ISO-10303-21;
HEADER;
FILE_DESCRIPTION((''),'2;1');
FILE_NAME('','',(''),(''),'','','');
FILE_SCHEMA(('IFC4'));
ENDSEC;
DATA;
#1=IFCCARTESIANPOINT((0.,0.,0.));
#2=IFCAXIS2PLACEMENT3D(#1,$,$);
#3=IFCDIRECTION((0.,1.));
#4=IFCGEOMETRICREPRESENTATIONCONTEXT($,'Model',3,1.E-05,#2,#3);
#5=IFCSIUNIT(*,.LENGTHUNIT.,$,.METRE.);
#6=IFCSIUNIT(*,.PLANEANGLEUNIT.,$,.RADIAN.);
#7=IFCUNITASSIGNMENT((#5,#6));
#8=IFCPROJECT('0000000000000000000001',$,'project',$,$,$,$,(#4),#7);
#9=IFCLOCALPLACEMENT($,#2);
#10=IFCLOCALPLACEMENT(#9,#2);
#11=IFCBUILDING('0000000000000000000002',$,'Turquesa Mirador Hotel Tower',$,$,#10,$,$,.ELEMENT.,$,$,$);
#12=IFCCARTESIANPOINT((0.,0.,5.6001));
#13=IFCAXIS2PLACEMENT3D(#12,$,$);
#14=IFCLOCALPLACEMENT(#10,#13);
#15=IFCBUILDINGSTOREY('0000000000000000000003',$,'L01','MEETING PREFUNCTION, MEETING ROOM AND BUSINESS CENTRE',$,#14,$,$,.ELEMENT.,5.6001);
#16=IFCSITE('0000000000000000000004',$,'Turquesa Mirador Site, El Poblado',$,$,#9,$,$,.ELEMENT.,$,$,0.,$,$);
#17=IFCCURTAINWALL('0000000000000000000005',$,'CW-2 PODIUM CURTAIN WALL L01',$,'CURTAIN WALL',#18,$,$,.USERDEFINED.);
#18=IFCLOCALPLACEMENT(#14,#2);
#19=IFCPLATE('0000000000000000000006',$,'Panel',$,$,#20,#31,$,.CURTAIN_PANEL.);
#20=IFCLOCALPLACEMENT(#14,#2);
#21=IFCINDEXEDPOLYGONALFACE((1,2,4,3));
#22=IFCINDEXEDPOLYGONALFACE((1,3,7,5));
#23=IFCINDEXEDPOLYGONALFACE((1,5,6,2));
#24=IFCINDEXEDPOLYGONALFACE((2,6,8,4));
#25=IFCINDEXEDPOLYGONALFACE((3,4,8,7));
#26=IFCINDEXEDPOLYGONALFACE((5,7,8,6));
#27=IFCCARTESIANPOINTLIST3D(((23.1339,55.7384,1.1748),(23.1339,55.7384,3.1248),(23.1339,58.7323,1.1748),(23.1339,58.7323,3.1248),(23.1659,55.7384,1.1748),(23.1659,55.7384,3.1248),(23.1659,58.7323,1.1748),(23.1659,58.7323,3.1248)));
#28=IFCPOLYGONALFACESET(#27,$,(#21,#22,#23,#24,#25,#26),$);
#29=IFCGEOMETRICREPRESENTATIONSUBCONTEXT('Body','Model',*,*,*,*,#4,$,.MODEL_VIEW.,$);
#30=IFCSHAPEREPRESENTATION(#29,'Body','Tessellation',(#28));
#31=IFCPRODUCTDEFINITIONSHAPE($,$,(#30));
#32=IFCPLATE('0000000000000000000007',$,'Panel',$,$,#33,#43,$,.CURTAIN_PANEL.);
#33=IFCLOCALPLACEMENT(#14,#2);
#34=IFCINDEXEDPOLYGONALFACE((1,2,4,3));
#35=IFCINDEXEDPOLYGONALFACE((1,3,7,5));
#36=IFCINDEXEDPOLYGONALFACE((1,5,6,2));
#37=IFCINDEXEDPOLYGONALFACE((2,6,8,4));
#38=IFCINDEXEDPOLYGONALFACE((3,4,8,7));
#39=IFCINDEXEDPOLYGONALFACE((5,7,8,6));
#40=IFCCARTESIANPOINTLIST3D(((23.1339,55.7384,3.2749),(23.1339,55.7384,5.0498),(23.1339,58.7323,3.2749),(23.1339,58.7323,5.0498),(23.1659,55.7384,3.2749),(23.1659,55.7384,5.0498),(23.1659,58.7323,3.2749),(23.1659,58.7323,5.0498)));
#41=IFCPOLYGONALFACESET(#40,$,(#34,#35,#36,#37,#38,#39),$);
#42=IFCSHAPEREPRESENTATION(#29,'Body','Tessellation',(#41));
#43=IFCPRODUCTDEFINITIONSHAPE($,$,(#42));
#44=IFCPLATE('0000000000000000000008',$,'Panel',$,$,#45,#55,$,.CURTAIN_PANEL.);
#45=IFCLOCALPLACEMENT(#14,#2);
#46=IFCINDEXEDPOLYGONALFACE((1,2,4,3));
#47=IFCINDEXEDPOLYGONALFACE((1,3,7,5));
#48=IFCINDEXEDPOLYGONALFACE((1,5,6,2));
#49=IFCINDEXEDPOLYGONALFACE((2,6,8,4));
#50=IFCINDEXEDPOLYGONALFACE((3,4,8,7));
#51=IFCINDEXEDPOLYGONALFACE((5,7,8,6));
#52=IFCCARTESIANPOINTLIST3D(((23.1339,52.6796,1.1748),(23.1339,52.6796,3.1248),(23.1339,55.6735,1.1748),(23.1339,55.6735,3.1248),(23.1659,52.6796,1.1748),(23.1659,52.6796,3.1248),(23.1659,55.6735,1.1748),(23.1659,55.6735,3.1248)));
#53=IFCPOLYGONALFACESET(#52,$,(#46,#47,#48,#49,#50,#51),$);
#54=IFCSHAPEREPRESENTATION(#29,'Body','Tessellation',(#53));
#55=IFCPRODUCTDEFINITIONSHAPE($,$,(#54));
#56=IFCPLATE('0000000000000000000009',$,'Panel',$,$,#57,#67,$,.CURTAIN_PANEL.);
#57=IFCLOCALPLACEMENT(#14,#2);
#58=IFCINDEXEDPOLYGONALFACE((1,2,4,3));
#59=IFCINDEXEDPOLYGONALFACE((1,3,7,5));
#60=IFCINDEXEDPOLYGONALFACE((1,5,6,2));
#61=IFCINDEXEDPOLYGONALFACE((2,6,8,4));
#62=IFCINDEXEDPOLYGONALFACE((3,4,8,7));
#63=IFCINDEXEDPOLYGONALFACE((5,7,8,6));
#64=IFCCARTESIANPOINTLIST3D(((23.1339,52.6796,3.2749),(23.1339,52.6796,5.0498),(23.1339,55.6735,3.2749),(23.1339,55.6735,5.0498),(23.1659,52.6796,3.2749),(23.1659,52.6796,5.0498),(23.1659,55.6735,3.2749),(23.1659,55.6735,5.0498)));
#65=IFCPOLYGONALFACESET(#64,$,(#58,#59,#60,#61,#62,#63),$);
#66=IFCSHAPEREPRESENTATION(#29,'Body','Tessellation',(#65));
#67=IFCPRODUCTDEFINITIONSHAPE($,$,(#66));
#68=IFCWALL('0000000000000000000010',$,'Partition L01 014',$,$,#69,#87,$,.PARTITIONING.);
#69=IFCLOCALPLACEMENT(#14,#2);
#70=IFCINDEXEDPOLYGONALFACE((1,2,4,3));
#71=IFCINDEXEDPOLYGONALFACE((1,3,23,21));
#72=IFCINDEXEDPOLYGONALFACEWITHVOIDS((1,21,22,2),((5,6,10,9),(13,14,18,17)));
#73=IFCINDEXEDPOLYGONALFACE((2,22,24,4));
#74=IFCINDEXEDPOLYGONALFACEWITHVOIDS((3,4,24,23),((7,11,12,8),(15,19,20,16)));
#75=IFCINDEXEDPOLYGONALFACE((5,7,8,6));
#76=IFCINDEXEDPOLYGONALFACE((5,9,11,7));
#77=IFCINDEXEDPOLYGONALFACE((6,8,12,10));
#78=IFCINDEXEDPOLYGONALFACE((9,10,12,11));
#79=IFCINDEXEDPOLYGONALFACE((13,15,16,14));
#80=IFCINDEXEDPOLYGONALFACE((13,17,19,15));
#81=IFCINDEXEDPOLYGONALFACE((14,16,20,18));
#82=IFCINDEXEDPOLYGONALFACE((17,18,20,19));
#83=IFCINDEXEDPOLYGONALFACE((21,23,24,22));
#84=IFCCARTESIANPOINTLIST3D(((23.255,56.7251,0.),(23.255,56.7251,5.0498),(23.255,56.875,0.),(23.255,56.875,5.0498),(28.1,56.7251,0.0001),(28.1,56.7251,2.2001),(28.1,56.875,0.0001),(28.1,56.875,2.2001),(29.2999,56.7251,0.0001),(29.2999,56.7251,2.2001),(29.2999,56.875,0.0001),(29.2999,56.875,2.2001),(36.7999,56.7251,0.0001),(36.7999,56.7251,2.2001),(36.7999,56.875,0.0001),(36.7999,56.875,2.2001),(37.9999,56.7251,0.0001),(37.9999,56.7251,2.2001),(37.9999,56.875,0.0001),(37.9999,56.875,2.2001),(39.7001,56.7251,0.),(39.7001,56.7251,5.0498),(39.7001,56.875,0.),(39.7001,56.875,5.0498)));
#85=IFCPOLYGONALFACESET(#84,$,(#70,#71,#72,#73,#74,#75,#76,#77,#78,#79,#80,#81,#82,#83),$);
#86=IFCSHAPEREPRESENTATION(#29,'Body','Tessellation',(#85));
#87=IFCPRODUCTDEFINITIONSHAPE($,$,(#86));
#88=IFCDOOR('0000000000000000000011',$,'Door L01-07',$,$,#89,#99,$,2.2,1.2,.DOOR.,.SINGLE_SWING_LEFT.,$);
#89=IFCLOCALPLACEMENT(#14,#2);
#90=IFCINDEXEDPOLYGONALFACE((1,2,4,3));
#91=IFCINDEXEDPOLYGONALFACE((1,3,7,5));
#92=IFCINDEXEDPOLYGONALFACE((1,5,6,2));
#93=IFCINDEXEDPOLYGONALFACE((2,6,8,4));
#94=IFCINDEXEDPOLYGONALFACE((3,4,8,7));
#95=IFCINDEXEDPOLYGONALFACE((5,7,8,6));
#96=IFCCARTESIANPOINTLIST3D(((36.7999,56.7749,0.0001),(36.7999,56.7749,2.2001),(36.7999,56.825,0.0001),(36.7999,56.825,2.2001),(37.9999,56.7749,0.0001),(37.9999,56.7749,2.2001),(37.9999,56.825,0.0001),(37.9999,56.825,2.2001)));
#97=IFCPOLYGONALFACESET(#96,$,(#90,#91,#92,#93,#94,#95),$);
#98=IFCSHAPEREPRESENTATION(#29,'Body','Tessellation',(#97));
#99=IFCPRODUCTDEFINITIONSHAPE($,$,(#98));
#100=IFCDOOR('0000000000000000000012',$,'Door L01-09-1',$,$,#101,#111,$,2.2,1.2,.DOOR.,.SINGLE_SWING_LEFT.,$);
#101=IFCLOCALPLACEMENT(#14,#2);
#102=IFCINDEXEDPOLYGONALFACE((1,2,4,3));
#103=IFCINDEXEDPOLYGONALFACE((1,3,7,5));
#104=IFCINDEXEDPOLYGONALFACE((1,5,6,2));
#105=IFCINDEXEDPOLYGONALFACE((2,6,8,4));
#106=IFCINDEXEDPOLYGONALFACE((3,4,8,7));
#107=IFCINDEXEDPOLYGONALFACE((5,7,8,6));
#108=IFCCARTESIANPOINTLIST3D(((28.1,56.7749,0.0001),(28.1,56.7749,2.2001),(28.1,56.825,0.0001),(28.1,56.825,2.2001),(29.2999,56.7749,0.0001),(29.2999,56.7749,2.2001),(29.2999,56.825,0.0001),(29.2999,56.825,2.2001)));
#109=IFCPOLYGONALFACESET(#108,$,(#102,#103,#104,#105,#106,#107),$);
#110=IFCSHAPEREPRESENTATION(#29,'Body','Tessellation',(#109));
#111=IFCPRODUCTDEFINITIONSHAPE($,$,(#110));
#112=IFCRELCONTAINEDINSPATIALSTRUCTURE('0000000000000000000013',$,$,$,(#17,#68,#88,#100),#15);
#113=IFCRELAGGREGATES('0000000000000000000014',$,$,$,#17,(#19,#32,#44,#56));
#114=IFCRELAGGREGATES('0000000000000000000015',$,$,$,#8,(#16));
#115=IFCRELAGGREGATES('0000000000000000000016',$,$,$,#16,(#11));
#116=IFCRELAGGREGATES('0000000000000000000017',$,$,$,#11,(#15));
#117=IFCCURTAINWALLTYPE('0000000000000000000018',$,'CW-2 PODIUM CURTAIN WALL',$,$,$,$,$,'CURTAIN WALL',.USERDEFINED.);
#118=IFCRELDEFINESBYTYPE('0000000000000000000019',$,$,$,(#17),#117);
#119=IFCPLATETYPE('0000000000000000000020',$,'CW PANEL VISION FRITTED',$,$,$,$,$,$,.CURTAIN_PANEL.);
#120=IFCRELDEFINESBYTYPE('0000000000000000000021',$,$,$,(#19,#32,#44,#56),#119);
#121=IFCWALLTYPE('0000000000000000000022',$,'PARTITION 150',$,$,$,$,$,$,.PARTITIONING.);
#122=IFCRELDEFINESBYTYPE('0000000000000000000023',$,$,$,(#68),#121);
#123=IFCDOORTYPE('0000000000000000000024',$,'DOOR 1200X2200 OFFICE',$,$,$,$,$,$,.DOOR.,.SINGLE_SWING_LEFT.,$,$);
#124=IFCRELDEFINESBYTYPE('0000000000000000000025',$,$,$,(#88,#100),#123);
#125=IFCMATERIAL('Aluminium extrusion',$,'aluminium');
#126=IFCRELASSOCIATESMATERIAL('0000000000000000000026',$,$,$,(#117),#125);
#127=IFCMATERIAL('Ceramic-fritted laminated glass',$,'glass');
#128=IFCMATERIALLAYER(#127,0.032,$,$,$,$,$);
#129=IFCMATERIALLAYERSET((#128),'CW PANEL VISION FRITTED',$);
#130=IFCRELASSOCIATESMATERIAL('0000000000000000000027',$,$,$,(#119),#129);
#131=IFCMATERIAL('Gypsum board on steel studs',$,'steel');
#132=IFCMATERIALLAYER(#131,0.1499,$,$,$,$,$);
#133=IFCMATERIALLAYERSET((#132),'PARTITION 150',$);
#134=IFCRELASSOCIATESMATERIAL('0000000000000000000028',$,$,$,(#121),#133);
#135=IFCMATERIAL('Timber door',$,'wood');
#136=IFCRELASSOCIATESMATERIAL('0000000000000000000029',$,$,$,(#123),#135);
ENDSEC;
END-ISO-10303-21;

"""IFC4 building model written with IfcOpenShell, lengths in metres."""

from ifc_helpers import new_model, si_unit, direction, frame, frame_2d, origin, origin_2d, place, context, subcontext, project, spatial, rectangle, extrude, material, layer, layer_set, type_object, element, fill, aggregate, save


model = new_model("IFC4")

# Units and contexts
model_context = context("Model", 3, precision=1e-05, world=origin(), true_north=direction((0.0, 1.0)))
body_context = subcontext(model_context, "Body", "Model", "MODEL_VIEW")
ifc_project = project(units=[si_unit("LENGTHUNIT", "METRE"), si_unit("PLANEANGLEUNIT", "RADIAN")], contexts=[model_context])

# Site, building, storey
site_placement = place(None, origin())
site = spatial("IfcSite", under=ifc_project, at=site_placement, Name="Turquesa Mirador Site, El Poblado", CompositionType="ELEMENT", RefElevation=0.0)
building_placement = place(site_placement, origin())
building = spatial("IfcBuilding", under=site, at=building_placement, Name="Turquesa Mirador Hotel Tower", CompositionType="ELEMENT")
storey_placement = place(building_placement, frame((0.0, 0.0, 5.6001)))
storey = spatial("IfcBuildingStorey", under=building, at=storey_placement, Name="L01", Description="MEETING PREFUNCTION, MEETING ROOM AND BUSINESS CENTRE", CompositionType="ELEMENT", Elevation=5.6001)

# Curtain wall, plates
ifc_material_1 = material(Name="Aluminium extrusion", Category="aluminium")
curtain_wall_type = type_object("IfcCurtainWallType", Name="CW-2 PODIUM CURTAIN WALL", ElementType="CURTAIN WALL", PredefinedType="USERDEFINED", material=ifc_material_1)
curtain_wall_placement = place(storey_placement, origin())
curtain_wall = element("IfcCurtainWall", 1, at=curtain_wall_placement, inside=storey, type_object=curtain_wall_type, Name="CW-2 PODIUM CURTAIN WALL L01", ObjectType="CURTAIN WALL", PredefinedType="USERDEFINED")
ifc_material_2 = material(Name="Ceramic-fritted laminated glass", Category="glass")
ifc_layer_1 = layer(ifc_material_2, 0.032)
ifc_layer_set_1 = layer_set([ifc_layer_1], Name="CW PANEL VISION FRITTED")
plate_type_1 = type_object("IfcPlateType", Name="CW PANEL VISION FRITTED", PredefinedType="CURTAIN_PANEL", material=ifc_layer_set_1)
plate_1_placement = place(storey_placement, frame((23.1499, 57.2354, 1.1748), z_axis=(0.0, 0.0, 1.0), x_axis=(0.0, -1.0, 0.0)))
plate_1 = element("IfcPlate", 2, at=plate_1_placement, type_object=plate_type_1, Name="Panel", PredefinedType="CURTAIN_PANEL", context=body_context, shape_type="SweptSolid", body=[
    extrude(rectangle(XDim=2.9939, YDim=0.032, at=origin_2d()), origin(), (0.0, 0.0, 1.0), 1.95),
])
plate_2_placement = place(storey_placement, frame((23.1499, 57.2354, 3.2749), z_axis=(0.0, 0.0, 1.0), x_axis=(0.0, -1.0, 0.0)))
plate_2 = element("IfcPlate", 3, at=plate_2_placement, type_object=plate_type_1, Name="Panel", PredefinedType="CURTAIN_PANEL", context=body_context, shape_type="SweptSolid", body=[
    extrude(rectangle(XDim=2.9939, YDim=0.032, at=origin_2d()), origin(), (0.0, 0.0, 1.0), 1.7749),
])
plate_3_placement = place(storey_placement, frame((23.1499, 54.1765, 1.1748), z_axis=(0.0, 0.0, 1.0), x_axis=(0.0, -1.0, 0.0)))
plate_3 = element("IfcPlate", 4, at=plate_3_placement, type_object=plate_type_1, Name="Panel", PredefinedType="CURTAIN_PANEL", context=body_context, shape_type="SweptSolid", body=[
    extrude(rectangle(XDim=2.9939, YDim=0.032, at=origin_2d()), origin(), (0.0, 0.0, 1.0), 1.95),
])
plate_4_placement = place(storey_placement, frame((23.1499, 54.1765, 3.2749), z_axis=(0.0, 0.0, 1.0), x_axis=(0.0, -1.0, 0.0)))
plate_4 = element("IfcPlate", 5, at=plate_4_placement, type_object=plate_type_1, Name="Panel", PredefinedType="CURTAIN_PANEL", context=body_context, shape_type="SweptSolid", body=[
    extrude(rectangle(XDim=2.9939, YDim=0.032, at=origin_2d()), origin(), (0.0, 0.0, 1.0), 1.7749),
])
aggregate(curtain_wall, [plate_1, plate_2, plate_3, plate_4])

# Wall, openings, doors
ifc_material_3 = material(Name="Gypsum board on steel studs", Category="steel")
ifc_layer_2 = layer(ifc_material_3, 0.1499)
ifc_layer_set_2 = layer_set([ifc_layer_2], Name="PARTITION 150")
wall_type = type_object("IfcWallType", Name="PARTITION 150", PredefinedType="PARTITIONING", material=ifc_layer_set_2)
wall_placement = place(storey_placement, frame((23.2549, 56.8, 0.0), z_axis=(0.0, 0.0, 1.0), x_axis=(1.0, 0.0, 0.0)))
wall = element("IfcWall", 6, at=wall_placement, inside=storey, type_object=wall_type, Name="Partition L01 014", PredefinedType="PARTITIONING", context=body_context, shape_type="SweptSolid", body=[
    extrude(rectangle(XDim=16.4451, YDim=0.1499, at=frame_2d((8.2227, 0.0))), origin(), (0.0, 0.0, 1.0), 5.0498),
])
opening_1_placement = place(wall_placement, frame((13.5449, 0.0, 0.0)))
opening_1 = element("IfcOpeningElement", 7, at=opening_1_placement, cuts=wall, PredefinedType="OPENING", context=body_context, shape_type="SweptSolid", body=[
    extrude(rectangle(XDim=1.2, YDim=2.2, at=frame_2d((0.6001, 1.1001))), frame((0.0, 0.085, 0.0), z_axis=(0.0, -1.0, 0.0), x_axis=(1.0, 0.0, 0.0)), (0.0, 0.0, 1.0), 0.1699),
])
opening_2_placement = place(wall_placement, frame((4.845, 0.0, 0.0)))
opening_2 = element("IfcOpeningElement", 8, at=opening_2_placement, cuts=wall, PredefinedType="OPENING", context=body_context, shape_type="SweptSolid", body=[
    extrude(rectangle(XDim=1.2, YDim=2.2, at=frame_2d((0.6001, 1.1001))), frame((0.0, 0.085, 0.0), z_axis=(0.0, -1.0, 0.0), x_axis=(1.0, 0.0, 0.0)), (0.0, 0.0, 1.0), 0.1699),
])
ifc_material_4 = material(Name="Timber door", Category="wood")
door_type = type_object("IfcDoorType", Name="DOOR 1200X2200 OFFICE", OperationType="SINGLE_SWING_LEFT", PredefinedType="DOOR", material=ifc_material_4)
door_1_placement = place(opening_1_placement, origin())
door_1 = element("IfcDoor", 9, at=door_1_placement, inside=storey, type_object=door_type, Name="Door L01-07", OperationType="SINGLE_SWING_LEFT", OverallHeight=2.2, OverallWidth=1.2, PredefinedType="DOOR", context=body_context, shape_type="SweptSolid", body=[
    extrude(rectangle(XDim=1.2, YDim=2.2, at=frame_2d((0.6001, 1.1001))), frame((0.0, 0.0249, 0.0), z_axis=(0.0, -1.0, 0.0), x_axis=(1.0, 0.0, 0.0)), (0.0, 0.0, 1.0), 0.05),
])
fill(opening_1, door_1)
door_2_placement = place(opening_2_placement, origin())
door_2 = element("IfcDoor", 10, at=door_2_placement, inside=storey, type_object=door_type, Name="Door L01-09-1", OperationType="SINGLE_SWING_LEFT", OverallHeight=2.2, OverallWidth=1.2, PredefinedType="DOOR", context=body_context, shape_type="SweptSolid", body=[
    extrude(rectangle(XDim=1.2, YDim=2.2, at=frame_2d((0.6001, 1.1001))), frame((0.0, 0.0249, 0.0), z_axis=(0.0, -1.0, 0.0), x_axis=(1.0, 0.0, 0.0)), (0.0, 0.0, 1.0), 0.05),
])
fill(opening_2, door_2)

save(model, "model.ifc")
